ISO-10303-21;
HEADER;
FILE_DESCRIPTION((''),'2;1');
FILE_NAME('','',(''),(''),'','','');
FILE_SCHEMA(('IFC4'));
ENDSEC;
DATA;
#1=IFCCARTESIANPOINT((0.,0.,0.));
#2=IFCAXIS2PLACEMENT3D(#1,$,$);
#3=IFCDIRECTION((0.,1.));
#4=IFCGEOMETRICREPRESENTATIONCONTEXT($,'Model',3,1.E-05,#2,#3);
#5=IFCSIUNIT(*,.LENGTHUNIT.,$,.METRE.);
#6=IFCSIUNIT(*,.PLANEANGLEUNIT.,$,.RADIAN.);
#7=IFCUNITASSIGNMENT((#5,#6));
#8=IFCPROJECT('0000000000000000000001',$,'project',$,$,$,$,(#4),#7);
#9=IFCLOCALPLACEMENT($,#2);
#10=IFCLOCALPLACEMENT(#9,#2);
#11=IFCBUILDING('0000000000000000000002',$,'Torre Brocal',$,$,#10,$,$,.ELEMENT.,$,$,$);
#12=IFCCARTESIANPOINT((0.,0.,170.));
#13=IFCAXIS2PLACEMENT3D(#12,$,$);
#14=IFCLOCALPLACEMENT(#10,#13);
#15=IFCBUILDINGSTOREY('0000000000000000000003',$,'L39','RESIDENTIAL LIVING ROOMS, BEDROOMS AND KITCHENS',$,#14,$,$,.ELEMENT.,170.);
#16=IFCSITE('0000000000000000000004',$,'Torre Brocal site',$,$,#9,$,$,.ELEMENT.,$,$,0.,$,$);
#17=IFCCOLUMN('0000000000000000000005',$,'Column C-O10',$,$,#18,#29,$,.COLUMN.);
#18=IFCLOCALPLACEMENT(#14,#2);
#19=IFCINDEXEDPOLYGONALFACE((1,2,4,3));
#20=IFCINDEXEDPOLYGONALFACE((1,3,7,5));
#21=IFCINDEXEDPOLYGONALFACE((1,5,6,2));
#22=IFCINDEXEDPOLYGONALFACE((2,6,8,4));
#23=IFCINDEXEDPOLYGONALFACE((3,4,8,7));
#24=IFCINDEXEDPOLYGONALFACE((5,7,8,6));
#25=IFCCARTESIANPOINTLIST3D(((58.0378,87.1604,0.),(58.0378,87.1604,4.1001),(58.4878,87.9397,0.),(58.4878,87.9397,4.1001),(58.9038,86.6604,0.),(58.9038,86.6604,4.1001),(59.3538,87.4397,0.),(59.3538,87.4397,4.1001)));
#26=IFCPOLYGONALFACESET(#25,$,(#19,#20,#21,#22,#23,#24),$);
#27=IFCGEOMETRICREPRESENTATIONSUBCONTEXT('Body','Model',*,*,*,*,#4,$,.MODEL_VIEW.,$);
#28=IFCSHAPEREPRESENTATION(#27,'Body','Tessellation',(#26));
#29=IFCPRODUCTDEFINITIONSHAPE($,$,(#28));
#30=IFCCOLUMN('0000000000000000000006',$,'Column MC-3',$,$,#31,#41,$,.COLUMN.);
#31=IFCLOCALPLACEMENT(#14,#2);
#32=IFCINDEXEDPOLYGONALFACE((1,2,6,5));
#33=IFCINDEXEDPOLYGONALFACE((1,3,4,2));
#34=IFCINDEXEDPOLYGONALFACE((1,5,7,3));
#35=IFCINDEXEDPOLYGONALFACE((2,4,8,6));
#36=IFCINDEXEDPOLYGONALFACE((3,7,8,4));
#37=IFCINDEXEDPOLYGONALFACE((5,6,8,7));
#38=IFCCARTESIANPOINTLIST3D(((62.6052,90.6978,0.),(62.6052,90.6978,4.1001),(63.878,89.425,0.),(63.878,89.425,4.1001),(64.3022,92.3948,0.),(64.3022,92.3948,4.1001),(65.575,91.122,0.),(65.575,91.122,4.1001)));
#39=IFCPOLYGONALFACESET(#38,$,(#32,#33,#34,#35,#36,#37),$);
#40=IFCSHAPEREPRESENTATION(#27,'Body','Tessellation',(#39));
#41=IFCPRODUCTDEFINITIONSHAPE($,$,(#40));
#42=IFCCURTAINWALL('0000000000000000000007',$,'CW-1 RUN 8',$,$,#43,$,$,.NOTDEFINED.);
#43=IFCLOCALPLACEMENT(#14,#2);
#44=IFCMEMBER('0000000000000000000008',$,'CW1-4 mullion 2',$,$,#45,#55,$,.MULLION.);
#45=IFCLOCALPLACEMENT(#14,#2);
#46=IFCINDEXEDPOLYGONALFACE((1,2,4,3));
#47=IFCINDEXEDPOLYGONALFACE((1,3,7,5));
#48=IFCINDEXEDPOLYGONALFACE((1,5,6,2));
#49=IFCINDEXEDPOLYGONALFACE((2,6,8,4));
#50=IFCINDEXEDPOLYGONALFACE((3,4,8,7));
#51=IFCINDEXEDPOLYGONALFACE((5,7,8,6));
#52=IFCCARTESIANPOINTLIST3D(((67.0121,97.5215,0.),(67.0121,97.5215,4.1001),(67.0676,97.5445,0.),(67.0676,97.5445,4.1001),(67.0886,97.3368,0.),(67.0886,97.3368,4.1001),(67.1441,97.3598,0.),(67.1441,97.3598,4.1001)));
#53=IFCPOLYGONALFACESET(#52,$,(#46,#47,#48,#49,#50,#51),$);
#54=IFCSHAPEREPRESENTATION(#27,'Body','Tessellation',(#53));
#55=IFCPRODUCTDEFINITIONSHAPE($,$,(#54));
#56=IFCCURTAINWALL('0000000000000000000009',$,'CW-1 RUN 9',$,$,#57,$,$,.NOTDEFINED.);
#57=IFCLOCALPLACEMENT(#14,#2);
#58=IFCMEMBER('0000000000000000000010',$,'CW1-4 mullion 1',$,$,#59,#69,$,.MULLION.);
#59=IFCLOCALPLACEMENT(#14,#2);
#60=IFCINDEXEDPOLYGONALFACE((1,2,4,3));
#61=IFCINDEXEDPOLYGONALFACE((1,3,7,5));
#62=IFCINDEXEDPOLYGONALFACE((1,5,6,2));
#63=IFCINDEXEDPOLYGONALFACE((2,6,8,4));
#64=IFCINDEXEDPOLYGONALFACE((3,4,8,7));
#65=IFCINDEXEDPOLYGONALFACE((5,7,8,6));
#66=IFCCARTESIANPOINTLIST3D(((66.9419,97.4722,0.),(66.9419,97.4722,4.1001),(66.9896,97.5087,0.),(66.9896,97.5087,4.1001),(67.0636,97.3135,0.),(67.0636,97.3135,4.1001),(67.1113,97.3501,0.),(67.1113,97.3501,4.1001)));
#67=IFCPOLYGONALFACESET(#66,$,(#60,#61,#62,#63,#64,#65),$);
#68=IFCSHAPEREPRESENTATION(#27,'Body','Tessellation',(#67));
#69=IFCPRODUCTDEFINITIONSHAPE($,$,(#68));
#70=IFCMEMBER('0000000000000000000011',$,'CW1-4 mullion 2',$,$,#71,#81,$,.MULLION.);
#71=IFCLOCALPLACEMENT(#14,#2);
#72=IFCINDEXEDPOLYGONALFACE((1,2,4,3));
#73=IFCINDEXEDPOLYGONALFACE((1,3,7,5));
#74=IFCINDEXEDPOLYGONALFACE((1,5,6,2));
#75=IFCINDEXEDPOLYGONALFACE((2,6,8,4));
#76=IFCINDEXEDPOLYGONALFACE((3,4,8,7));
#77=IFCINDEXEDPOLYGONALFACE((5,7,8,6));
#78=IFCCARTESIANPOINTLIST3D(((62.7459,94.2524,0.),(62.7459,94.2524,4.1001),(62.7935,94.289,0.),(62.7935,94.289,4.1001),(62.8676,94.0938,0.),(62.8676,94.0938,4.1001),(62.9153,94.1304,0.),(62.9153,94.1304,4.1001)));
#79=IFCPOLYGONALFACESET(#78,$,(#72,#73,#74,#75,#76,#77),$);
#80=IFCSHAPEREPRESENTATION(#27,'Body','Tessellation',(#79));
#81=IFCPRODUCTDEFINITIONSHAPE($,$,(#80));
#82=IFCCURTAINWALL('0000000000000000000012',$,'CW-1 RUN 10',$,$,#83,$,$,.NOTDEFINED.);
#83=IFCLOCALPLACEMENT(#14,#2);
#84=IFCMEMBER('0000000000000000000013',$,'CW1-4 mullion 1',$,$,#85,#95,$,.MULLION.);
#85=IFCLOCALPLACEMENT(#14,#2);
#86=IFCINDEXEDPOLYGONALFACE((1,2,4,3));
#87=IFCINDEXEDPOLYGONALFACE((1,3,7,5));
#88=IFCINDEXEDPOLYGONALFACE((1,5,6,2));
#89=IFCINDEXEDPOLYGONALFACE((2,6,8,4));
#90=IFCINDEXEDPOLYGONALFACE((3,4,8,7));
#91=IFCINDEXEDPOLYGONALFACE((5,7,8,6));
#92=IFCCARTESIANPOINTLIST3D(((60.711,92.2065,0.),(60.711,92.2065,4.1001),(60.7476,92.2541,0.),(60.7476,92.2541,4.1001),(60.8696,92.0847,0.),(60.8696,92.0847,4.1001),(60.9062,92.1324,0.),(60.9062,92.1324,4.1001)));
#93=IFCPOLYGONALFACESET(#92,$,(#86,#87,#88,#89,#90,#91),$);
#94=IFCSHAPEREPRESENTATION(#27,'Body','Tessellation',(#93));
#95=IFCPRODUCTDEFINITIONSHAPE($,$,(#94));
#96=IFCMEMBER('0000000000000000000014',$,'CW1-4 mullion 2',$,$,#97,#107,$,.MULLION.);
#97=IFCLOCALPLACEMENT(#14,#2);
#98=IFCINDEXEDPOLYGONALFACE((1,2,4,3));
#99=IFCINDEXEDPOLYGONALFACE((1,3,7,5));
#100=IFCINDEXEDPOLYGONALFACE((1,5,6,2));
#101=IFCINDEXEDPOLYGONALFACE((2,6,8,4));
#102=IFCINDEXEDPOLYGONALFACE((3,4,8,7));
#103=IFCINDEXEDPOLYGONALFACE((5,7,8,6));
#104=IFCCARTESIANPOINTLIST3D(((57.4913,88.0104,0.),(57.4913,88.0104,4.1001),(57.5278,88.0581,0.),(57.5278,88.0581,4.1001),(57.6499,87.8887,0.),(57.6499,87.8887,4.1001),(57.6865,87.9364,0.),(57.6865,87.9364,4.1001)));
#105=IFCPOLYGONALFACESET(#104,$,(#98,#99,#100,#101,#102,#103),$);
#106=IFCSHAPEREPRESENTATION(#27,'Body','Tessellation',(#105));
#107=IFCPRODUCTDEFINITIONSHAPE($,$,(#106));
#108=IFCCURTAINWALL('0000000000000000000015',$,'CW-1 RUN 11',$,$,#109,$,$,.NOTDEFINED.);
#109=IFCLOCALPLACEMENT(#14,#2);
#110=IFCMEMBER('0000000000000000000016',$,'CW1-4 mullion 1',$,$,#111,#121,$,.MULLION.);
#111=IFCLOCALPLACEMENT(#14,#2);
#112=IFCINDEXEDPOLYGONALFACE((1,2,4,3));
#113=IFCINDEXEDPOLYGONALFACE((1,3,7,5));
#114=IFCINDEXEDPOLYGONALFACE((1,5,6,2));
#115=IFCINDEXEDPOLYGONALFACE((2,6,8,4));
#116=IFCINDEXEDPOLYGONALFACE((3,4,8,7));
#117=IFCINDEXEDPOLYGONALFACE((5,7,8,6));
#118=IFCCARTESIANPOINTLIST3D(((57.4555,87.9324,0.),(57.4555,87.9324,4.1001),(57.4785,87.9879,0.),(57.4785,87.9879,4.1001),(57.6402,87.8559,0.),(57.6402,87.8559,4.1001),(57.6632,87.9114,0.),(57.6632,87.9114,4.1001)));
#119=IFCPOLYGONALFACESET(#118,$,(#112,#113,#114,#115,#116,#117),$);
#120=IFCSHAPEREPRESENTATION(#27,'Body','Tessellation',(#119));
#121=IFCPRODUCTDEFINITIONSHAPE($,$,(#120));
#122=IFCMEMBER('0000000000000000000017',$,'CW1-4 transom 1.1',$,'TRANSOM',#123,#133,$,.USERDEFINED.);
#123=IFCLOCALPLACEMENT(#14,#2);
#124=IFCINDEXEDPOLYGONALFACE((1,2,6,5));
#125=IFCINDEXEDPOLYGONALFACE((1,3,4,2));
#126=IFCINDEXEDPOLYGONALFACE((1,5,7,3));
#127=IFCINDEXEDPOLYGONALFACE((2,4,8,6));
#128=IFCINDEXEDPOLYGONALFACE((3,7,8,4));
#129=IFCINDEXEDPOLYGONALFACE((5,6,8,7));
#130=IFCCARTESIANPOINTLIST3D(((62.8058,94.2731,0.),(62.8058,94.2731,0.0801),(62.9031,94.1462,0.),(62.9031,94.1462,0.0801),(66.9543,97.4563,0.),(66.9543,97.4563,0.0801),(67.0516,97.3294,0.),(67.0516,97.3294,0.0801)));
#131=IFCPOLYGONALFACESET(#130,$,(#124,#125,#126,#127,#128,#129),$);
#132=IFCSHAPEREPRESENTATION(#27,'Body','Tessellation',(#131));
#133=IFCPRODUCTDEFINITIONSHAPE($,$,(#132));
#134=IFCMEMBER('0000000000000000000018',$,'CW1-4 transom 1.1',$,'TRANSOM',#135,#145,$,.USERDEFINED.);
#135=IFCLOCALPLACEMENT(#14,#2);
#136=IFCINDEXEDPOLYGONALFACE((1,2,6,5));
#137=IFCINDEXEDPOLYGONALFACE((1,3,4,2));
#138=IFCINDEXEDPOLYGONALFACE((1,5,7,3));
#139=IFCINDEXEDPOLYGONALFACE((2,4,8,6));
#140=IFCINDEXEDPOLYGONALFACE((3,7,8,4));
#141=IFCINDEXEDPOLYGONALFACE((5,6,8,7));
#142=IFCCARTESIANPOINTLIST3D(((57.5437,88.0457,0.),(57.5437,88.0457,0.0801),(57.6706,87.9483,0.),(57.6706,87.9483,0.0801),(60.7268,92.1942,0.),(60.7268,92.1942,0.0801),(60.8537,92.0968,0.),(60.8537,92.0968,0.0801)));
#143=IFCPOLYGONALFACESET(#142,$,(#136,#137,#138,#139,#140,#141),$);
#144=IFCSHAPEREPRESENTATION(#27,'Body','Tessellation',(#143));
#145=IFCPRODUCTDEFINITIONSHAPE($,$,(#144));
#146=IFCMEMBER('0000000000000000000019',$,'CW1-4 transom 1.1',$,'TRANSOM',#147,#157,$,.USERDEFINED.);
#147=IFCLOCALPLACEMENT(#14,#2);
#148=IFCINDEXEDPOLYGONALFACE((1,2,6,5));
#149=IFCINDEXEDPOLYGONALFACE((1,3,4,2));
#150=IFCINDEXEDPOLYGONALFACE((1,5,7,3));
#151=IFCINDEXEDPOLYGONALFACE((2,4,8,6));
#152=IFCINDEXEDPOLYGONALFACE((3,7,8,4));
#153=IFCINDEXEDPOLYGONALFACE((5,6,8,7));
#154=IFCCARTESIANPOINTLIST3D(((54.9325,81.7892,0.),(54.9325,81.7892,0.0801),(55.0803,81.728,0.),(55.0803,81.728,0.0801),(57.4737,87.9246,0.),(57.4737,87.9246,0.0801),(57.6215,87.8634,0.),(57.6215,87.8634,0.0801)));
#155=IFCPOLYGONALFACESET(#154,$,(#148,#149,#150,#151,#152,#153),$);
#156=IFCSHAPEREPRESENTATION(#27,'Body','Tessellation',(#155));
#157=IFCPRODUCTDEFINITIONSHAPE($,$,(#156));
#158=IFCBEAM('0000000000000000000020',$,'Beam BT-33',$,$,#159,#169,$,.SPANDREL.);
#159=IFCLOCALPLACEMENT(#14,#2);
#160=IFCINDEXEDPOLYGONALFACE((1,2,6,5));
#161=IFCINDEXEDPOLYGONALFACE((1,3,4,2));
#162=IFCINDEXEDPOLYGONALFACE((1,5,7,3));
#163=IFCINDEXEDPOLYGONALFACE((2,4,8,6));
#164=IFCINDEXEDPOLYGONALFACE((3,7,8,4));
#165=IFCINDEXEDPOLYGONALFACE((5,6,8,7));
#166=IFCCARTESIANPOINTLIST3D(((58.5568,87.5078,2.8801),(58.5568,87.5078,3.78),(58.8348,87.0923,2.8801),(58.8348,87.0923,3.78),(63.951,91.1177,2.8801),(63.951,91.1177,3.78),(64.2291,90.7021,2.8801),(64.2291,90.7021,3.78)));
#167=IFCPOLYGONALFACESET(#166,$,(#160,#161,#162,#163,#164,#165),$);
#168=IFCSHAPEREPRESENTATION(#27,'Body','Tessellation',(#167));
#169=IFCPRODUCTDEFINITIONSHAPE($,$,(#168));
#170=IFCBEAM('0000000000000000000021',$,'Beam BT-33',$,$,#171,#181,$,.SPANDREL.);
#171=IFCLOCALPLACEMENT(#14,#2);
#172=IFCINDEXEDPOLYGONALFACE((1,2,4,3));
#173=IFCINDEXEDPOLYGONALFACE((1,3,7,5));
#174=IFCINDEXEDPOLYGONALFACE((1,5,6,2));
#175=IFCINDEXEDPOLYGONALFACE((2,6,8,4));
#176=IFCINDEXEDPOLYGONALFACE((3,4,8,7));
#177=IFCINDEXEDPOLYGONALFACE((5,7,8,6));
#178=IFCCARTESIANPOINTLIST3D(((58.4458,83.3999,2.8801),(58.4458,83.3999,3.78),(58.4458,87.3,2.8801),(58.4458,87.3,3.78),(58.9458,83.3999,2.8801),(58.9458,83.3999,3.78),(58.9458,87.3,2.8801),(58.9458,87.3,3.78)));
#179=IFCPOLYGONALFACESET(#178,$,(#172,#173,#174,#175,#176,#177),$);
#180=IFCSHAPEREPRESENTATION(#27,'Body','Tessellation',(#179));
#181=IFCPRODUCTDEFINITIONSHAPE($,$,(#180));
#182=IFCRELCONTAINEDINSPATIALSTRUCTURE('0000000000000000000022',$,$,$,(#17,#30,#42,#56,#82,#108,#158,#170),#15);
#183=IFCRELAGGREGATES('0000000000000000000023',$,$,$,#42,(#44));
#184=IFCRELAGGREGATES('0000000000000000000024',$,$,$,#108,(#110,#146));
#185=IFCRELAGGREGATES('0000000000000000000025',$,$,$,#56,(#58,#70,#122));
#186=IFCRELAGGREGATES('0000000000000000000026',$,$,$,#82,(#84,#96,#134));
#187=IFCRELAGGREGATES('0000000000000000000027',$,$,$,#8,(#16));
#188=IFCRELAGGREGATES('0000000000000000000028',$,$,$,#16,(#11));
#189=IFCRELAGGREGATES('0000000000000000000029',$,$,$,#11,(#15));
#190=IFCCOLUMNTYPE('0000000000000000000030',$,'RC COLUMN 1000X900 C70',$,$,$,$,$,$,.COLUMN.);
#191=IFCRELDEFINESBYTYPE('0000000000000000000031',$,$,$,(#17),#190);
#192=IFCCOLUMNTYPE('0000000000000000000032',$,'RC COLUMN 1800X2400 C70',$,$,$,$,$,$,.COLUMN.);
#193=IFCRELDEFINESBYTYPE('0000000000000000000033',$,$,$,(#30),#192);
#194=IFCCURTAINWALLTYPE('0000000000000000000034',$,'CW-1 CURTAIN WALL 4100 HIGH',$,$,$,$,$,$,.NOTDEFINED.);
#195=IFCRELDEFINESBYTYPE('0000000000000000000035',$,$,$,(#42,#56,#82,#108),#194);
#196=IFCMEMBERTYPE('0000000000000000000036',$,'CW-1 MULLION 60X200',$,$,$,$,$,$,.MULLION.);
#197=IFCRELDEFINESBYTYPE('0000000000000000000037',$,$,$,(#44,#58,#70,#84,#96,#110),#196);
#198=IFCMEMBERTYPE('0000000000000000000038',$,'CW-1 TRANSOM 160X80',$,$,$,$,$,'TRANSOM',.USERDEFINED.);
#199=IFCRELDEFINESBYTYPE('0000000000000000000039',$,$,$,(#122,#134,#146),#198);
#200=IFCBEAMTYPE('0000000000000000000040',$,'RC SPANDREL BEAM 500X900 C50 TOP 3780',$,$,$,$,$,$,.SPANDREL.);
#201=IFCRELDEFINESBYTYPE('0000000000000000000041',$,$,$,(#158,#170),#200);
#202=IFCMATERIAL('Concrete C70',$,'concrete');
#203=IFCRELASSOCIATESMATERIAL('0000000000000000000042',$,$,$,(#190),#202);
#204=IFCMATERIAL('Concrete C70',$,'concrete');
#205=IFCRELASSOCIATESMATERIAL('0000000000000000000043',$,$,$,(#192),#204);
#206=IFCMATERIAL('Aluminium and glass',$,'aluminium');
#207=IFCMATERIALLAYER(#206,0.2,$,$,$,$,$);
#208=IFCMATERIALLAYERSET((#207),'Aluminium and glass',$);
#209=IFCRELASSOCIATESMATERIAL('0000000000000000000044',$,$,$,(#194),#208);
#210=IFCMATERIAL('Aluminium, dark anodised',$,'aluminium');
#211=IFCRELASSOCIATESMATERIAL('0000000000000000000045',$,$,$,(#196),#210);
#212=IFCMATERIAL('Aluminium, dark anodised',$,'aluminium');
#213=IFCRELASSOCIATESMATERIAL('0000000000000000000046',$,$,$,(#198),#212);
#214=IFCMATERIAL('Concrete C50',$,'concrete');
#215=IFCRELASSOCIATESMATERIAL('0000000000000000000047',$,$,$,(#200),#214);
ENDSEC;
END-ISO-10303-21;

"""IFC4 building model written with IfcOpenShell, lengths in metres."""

from ifc_helpers import new_model, si_unit, direction, frame, origin, origin_2d, place, context, subcontext, project, spatial, rectangle, extrude, material, layer, layer_set, material_profile, profile_set, type_object, element, aggregate, save


model = new_model("IFC4")

# Units and contexts
model_context = context("Model", 3, precision=1e-05, world=origin(), true_north=direction((0.0, 1.0)))
body_context = subcontext(model_context, "Body", "Model", "MODEL_VIEW")
ifc_project = project(units=[si_unit("LENGTHUNIT", "METRE"), si_unit("PLANEANGLEUNIT", "RADIAN")], contexts=[model_context])

# Site, building, storey
site_placement = place(None, origin())
site = spatial("IfcSite", under=ifc_project, at=site_placement, Name="Torre Brocal site", CompositionType="ELEMENT", RefElevation=0.0)
building_placement = place(site_placement, origin())
building = spatial("IfcBuilding", under=site, at=building_placement, Name="Torre Brocal", CompositionType="ELEMENT")
storey_placement = place(building_placement, frame((0.0, 0.0, 170.0)))
storey = spatial("IfcBuildingStorey", under=building, at=storey_placement, Name="L39", Description="RESIDENTIAL LIVING ROOMS, BEDROOMS AND KITCHENS", CompositionType="ELEMENT", Elevation=170.0)

# Columns
ifc_material_1 = material(Name="Concrete C70", Category="concrete")
ifc_material_profile_1 = material_profile(ifc_material_1, rectangle(XDim=1.0, YDim=0.8999, at=origin_2d()), Name="RC 1000X900")
ifc_profile_set_1 = profile_set([ifc_material_profile_1], Name="Concrete C70")
column_type_1 = type_object("IfcColumnType", Name="RC COLUMN 1000X900 C70", PredefinedType="COLUMN", material=ifc_profile_set_1)
column_1_placement = place(storey_placement, frame((58.6958, 87.3, 0.0), z_axis=(0.0, 0.0, 1.0), x_axis=(-0.866025, 0.5, 0.0)))
element("IfcColumn", 1, at=column_1_placement, inside=storey, type_object=column_type_1, Name="Column C-O10", PredefinedType="COLUMN", context=body_context, shape_type="SweptSolid", body=[
    extrude(rectangle(XDim=1.0, YDim=0.8999, at=origin_2d()), origin(), (0.0, 0.0, 1.0), 4.1001),
])
ifc_material_2 = material(Name="Concrete C70", Category="concrete")
ifc_material_profile_2 = material_profile(ifc_material_2, rectangle(XDim=1.8, YDim=2.3999, at=origin_2d()), Name="RC 1800X2400")
ifc_profile_set_2 = profile_set([ifc_material_profile_2], Name="Concrete C70")
column_type_2 = type_object("IfcColumnType", Name="RC COLUMN 1800X2400 C70", PredefinedType="COLUMN", material=ifc_profile_set_2)
column_2_placement = place(storey_placement, frame((64.0901, 90.9099, 0.0), z_axis=(0.0, 0.0, 1.0), x_axis=(-0.707107, 0.707107, 0.0)))
element("IfcColumn", 2, at=column_2_placement, inside=storey, type_object=column_type_2, Name="Column MC-3", PredefinedType="COLUMN", context=body_context, shape_type="SweptSolid", body=[
    extrude(rectangle(XDim=1.8, YDim=2.3999, at=origin_2d()), origin(), (0.0, 0.0, 1.0), 4.1001),
])

# Curtain wall, member
ifc_material_3 = material(Name="Aluminium and glass", Category="aluminium")
ifc_layer_1 = layer(ifc_material_3, 0.2)
ifc_layer_set_1 = layer_set([ifc_layer_1], Name="Aluminium and glass")
curtain_wall_type = type_object("IfcCurtainWallType", Name="CW-1 CURTAIN WALL 4100 HIGH", PredefinedType="NOTDEFINED", material=ifc_layer_set_1)
curtain_wall_1_placement = place(storey_placement, origin())
curtain_wall_1 = element("IfcCurtainWall", 3, at=curtain_wall_1_placement, inside=storey, type_object=curtain_wall_type, Name="CW-1 RUN 8", PredefinedType="NOTDEFINED")
ifc_material_4 = material(Name="Aluminium, dark anodised", Category="aluminium")
ifc_material_profile_3 = material_profile(ifc_material_4, rectangle(XDim=0.2, YDim=0.0601, at=origin_2d()), Name="CW-1 MULLION 60X200")
ifc_profile_set_3 = profile_set([ifc_material_profile_3], Name="Aluminium, dark anodised")
member_type_1 = type_object("IfcMemberType", Name="CW-1 MULLION 60X200", PredefinedType="MULLION", material=ifc_profile_set_3)
member_1_placement = place(storey_placement, frame((67.0781, 97.4407, 0.0), z_axis=(0.0, 0.0, 1.0), x_axis=(0.382683, -0.92388, 0.0)))
member_1 = element("IfcMember", 4, at=member_1_placement, type_object=member_type_1, Name="CW1-4 mullion 2", PredefinedType="MULLION", context=body_context, shape_type="SweptSolid", body=[
    extrude(rectangle(XDim=0.2, YDim=0.0601, at=origin_2d()), origin(), (0.0, 0.0, 1.0), 4.1001),
])
aggregate(curtain_wall_1, [member_1])

# Curtain walls, members
curtain_wall_2_placement = place(storey_placement, origin())
curtain_wall_2 = element("IfcCurtainWall", 5, at=curtain_wall_2_placement, inside=storey, type_object=curtain_wall_type, Name="CW-1 RUN 9", PredefinedType="NOTDEFINED")
member_2_placement = place(storey_placement, frame((67.0266, 97.4111, 0.0), z_axis=(0.0, 0.0, 1.0), x_axis=(0.608761, -0.793353, 0.0)))
member_2 = element("IfcMember", 6, at=member_2_placement, type_object=member_type_1, Name="CW1-4 mullion 1", PredefinedType="MULLION", context=body_context, shape_type="SweptSolid", body=[
    extrude(rectangle(XDim=0.2, YDim=0.0601, at=origin_2d()), origin(), (0.0, 0.0, 1.0), 4.1001),
])
member_3_placement = place(storey_placement, frame((62.8306, 94.1914, 0.0), z_axis=(0.0, 0.0, 1.0), x_axis=(0.608761, -0.793353, 0.0)))
member_3 = element("IfcMember", 7, at=member_3_placement, type_object=member_type_1, Name="CW1-4 mullion 2", PredefinedType="MULLION", context=body_context, shape_type="SweptSolid", body=[
    extrude(rectangle(XDim=0.2, YDim=0.0601, at=origin_2d()), origin(), (0.0, 0.0, 1.0), 4.1001),
])
curtain_wall_3_placement = place(storey_placement, origin())
curtain_wall_3 = element("IfcCurtainWall", 8, at=curtain_wall_3_placement, inside=storey, type_object=curtain_wall_type, Name="CW-1 RUN 10", PredefinedType="NOTDEFINED")
member_4_placement = place(storey_placement, frame((60.8086, 92.1694, 0.0), z_axis=(0.0, 0.0, 1.0), x_axis=(0.793353, -0.608761, 0.0)))
member_4 = element("IfcMember", 9, at=member_4_placement, type_object=member_type_1, Name="CW1-4 mullion 1", PredefinedType="MULLION", context=body_context, shape_type="SweptSolid", body=[
    extrude(rectangle(XDim=0.2, YDim=0.0601, at=origin_2d()), origin(), (0.0, 0.0, 1.0), 4.1001),
])
member_5_placement = place(storey_placement, frame((57.5889, 87.9734, 0.0), z_axis=(0.0, 0.0, 1.0), x_axis=(0.793353, -0.608761, 0.0)))
member_5 = element("IfcMember", 10, at=member_5_placement, type_object=member_type_1, Name="CW1-4 mullion 2", PredefinedType="MULLION", context=body_context, shape_type="SweptSolid", body=[
    extrude(rectangle(XDim=0.2, YDim=0.0601, at=origin_2d()), origin(), (0.0, 0.0, 1.0), 4.1001),
])

# Curtain wall, member
curtain_wall_4_placement = place(storey_placement, origin())
curtain_wall_4 = element("IfcCurtainWall", 11, at=curtain_wall_4_placement, inside=storey, type_object=curtain_wall_type, Name="CW-1 RUN 11", PredefinedType="NOTDEFINED")
member_6_placement = place(storey_placement, frame((57.5593, 87.9219, 0.0), z_axis=(0.0, 0.0, 1.0), x_axis=(0.92388, -0.382683, 0.0)))
member_6 = element("IfcMember", 12, at=member_6_placement, type_object=member_type_1, Name="CW1-4 mullion 1", PredefinedType="MULLION", context=body_context, shape_type="SweptSolid", body=[
    extrude(rectangle(XDim=0.2, YDim=0.0601, at=origin_2d()), origin(), (0.0, 0.0, 1.0), 4.1001),
])

# Members
ifc_material_5 = material(Name="Aluminium, dark anodised", Category="aluminium")
ifc_material_profile_4 = material_profile(ifc_material_5, rectangle(XDim=0.1599, YDim=0.0801, at=origin_2d()), Name="CW-1 TRANSOM 160X80")
ifc_profile_set_4 = profile_set([ifc_material_profile_4], Name="Aluminium, dark anodised")
member_type_2 = type_object("IfcMemberType", Name="CW-1 TRANSOM 160X80", ElementType="TRANSOM", PredefinedType="USERDEFINED", material=ifc_profile_set_4)
member_7_placement = place(storey_placement, frame((67.0029, 97.3928, 0.04), z_axis=(-0.793363, -0.608749, 0.0), x_axis=(0.608749, -0.793363, 0.0)))
member_7 = element("IfcMember", 13, at=member_7_placement, type_object=member_type_2, Name="CW1-4 transom 1.1", ObjectType="TRANSOM", PredefinedType="USERDEFINED", context=body_context, shape_type="SweptSolid", body=[
    extrude(rectangle(XDim=0.1599, YDim=0.0801, at=origin_2d()), origin(), (0.0, 0.0, 1.0), 5.229),
])
member_8_placement = place(storey_placement, frame((60.7903, 92.1455, 0.04), z_axis=(-0.608749, -0.793363, 0.0), x_axis=(0.793363, -0.608749, 0.0)))
member_8 = element("IfcMember", 14, at=member_8_placement, type_object=member_type_2, Name="CW1-4 transom 1.1", ObjectType="TRANSOM", PredefinedType="USERDEFINED", context=body_context, shape_type="SweptSolid", body=[
    extrude(rectangle(XDim=0.1599, YDim=0.0801, at=origin_2d()), origin(), (0.0, 0.0, 1.0), 5.229),
])
member_9_placement = place(storey_placement, frame((57.5476, 87.894, 0.04), z_axis=(-0.382665, -0.923887, 0.0), x_axis=(0.923887, -0.382665, 0.0)))
member_9 = element("IfcMember", 15, at=member_9_placement, type_object=member_type_2, Name="CW1-4 transom 1.1", ObjectType="TRANSOM", PredefinedType="USERDEFINED", context=body_context, shape_type="SweptSolid", body=[
    extrude(rectangle(XDim=0.1599, YDim=0.0801, at=origin_2d()), origin(), (0.0, 0.0, 1.0), 6.6409),
])
aggregate(curtain_wall_4, [member_6, member_9])

# Beams
ifc_material_6 = material(Name="Concrete C50", Category="concrete")
ifc_material_profile_5 = material_profile(ifc_material_6, rectangle(XDim=0.5, YDim=0.8999, at=origin_2d()), Name="RC 500X900")
ifc_profile_set_5 = profile_set([ifc_material_profile_5], Name="Concrete C50")
beam_type = type_object("IfcBeamType", Name="RC SPANDREL BEAM 500X900 C50 TOP 3780", PredefinedType="SPANDREL", material=ifc_profile_set_5)
beam_1_placement = place(storey_placement, frame((64.0901, 90.9099, 3.3301), z_axis=(-0.831077, -0.556158, 0.0), x_axis=(0.556158, -0.831077, 0.0)))
element("IfcBeam", 16, at=beam_1_placement, inside=storey, type_object=beam_type, Name="Beam BT-33", PredefinedType="SPANDREL", context=body_context, shape_type="SweptSolid", body=[
    extrude(rectangle(XDim=0.5, YDim=0.8999, at=origin_2d()), origin(), (0.0, 0.0, 1.0), 6.4907),
])
beam_2_placement = place(storey_placement, frame((58.6958, 87.3, 3.3301), z_axis=(0.0, -1.0, 0.0), x_axis=(1.0, 0.0, 0.0)))
element("IfcBeam", 17, at=beam_2_placement, inside=storey, type_object=beam_type, Name="Beam BT-33", PredefinedType="SPANDREL", context=body_context, shape_type="SweptSolid", body=[
    extrude(rectangle(XDim=0.5, YDim=0.8999, at=origin_2d()), origin(), (0.0, 0.0, 1.0), 3.9001),
])

aggregate(curtain_wall_2, [member_2, member_3, member_7])
aggregate(curtain_wall_3, [member_4, member_5, member_8])

save(model, "model.ifc")
